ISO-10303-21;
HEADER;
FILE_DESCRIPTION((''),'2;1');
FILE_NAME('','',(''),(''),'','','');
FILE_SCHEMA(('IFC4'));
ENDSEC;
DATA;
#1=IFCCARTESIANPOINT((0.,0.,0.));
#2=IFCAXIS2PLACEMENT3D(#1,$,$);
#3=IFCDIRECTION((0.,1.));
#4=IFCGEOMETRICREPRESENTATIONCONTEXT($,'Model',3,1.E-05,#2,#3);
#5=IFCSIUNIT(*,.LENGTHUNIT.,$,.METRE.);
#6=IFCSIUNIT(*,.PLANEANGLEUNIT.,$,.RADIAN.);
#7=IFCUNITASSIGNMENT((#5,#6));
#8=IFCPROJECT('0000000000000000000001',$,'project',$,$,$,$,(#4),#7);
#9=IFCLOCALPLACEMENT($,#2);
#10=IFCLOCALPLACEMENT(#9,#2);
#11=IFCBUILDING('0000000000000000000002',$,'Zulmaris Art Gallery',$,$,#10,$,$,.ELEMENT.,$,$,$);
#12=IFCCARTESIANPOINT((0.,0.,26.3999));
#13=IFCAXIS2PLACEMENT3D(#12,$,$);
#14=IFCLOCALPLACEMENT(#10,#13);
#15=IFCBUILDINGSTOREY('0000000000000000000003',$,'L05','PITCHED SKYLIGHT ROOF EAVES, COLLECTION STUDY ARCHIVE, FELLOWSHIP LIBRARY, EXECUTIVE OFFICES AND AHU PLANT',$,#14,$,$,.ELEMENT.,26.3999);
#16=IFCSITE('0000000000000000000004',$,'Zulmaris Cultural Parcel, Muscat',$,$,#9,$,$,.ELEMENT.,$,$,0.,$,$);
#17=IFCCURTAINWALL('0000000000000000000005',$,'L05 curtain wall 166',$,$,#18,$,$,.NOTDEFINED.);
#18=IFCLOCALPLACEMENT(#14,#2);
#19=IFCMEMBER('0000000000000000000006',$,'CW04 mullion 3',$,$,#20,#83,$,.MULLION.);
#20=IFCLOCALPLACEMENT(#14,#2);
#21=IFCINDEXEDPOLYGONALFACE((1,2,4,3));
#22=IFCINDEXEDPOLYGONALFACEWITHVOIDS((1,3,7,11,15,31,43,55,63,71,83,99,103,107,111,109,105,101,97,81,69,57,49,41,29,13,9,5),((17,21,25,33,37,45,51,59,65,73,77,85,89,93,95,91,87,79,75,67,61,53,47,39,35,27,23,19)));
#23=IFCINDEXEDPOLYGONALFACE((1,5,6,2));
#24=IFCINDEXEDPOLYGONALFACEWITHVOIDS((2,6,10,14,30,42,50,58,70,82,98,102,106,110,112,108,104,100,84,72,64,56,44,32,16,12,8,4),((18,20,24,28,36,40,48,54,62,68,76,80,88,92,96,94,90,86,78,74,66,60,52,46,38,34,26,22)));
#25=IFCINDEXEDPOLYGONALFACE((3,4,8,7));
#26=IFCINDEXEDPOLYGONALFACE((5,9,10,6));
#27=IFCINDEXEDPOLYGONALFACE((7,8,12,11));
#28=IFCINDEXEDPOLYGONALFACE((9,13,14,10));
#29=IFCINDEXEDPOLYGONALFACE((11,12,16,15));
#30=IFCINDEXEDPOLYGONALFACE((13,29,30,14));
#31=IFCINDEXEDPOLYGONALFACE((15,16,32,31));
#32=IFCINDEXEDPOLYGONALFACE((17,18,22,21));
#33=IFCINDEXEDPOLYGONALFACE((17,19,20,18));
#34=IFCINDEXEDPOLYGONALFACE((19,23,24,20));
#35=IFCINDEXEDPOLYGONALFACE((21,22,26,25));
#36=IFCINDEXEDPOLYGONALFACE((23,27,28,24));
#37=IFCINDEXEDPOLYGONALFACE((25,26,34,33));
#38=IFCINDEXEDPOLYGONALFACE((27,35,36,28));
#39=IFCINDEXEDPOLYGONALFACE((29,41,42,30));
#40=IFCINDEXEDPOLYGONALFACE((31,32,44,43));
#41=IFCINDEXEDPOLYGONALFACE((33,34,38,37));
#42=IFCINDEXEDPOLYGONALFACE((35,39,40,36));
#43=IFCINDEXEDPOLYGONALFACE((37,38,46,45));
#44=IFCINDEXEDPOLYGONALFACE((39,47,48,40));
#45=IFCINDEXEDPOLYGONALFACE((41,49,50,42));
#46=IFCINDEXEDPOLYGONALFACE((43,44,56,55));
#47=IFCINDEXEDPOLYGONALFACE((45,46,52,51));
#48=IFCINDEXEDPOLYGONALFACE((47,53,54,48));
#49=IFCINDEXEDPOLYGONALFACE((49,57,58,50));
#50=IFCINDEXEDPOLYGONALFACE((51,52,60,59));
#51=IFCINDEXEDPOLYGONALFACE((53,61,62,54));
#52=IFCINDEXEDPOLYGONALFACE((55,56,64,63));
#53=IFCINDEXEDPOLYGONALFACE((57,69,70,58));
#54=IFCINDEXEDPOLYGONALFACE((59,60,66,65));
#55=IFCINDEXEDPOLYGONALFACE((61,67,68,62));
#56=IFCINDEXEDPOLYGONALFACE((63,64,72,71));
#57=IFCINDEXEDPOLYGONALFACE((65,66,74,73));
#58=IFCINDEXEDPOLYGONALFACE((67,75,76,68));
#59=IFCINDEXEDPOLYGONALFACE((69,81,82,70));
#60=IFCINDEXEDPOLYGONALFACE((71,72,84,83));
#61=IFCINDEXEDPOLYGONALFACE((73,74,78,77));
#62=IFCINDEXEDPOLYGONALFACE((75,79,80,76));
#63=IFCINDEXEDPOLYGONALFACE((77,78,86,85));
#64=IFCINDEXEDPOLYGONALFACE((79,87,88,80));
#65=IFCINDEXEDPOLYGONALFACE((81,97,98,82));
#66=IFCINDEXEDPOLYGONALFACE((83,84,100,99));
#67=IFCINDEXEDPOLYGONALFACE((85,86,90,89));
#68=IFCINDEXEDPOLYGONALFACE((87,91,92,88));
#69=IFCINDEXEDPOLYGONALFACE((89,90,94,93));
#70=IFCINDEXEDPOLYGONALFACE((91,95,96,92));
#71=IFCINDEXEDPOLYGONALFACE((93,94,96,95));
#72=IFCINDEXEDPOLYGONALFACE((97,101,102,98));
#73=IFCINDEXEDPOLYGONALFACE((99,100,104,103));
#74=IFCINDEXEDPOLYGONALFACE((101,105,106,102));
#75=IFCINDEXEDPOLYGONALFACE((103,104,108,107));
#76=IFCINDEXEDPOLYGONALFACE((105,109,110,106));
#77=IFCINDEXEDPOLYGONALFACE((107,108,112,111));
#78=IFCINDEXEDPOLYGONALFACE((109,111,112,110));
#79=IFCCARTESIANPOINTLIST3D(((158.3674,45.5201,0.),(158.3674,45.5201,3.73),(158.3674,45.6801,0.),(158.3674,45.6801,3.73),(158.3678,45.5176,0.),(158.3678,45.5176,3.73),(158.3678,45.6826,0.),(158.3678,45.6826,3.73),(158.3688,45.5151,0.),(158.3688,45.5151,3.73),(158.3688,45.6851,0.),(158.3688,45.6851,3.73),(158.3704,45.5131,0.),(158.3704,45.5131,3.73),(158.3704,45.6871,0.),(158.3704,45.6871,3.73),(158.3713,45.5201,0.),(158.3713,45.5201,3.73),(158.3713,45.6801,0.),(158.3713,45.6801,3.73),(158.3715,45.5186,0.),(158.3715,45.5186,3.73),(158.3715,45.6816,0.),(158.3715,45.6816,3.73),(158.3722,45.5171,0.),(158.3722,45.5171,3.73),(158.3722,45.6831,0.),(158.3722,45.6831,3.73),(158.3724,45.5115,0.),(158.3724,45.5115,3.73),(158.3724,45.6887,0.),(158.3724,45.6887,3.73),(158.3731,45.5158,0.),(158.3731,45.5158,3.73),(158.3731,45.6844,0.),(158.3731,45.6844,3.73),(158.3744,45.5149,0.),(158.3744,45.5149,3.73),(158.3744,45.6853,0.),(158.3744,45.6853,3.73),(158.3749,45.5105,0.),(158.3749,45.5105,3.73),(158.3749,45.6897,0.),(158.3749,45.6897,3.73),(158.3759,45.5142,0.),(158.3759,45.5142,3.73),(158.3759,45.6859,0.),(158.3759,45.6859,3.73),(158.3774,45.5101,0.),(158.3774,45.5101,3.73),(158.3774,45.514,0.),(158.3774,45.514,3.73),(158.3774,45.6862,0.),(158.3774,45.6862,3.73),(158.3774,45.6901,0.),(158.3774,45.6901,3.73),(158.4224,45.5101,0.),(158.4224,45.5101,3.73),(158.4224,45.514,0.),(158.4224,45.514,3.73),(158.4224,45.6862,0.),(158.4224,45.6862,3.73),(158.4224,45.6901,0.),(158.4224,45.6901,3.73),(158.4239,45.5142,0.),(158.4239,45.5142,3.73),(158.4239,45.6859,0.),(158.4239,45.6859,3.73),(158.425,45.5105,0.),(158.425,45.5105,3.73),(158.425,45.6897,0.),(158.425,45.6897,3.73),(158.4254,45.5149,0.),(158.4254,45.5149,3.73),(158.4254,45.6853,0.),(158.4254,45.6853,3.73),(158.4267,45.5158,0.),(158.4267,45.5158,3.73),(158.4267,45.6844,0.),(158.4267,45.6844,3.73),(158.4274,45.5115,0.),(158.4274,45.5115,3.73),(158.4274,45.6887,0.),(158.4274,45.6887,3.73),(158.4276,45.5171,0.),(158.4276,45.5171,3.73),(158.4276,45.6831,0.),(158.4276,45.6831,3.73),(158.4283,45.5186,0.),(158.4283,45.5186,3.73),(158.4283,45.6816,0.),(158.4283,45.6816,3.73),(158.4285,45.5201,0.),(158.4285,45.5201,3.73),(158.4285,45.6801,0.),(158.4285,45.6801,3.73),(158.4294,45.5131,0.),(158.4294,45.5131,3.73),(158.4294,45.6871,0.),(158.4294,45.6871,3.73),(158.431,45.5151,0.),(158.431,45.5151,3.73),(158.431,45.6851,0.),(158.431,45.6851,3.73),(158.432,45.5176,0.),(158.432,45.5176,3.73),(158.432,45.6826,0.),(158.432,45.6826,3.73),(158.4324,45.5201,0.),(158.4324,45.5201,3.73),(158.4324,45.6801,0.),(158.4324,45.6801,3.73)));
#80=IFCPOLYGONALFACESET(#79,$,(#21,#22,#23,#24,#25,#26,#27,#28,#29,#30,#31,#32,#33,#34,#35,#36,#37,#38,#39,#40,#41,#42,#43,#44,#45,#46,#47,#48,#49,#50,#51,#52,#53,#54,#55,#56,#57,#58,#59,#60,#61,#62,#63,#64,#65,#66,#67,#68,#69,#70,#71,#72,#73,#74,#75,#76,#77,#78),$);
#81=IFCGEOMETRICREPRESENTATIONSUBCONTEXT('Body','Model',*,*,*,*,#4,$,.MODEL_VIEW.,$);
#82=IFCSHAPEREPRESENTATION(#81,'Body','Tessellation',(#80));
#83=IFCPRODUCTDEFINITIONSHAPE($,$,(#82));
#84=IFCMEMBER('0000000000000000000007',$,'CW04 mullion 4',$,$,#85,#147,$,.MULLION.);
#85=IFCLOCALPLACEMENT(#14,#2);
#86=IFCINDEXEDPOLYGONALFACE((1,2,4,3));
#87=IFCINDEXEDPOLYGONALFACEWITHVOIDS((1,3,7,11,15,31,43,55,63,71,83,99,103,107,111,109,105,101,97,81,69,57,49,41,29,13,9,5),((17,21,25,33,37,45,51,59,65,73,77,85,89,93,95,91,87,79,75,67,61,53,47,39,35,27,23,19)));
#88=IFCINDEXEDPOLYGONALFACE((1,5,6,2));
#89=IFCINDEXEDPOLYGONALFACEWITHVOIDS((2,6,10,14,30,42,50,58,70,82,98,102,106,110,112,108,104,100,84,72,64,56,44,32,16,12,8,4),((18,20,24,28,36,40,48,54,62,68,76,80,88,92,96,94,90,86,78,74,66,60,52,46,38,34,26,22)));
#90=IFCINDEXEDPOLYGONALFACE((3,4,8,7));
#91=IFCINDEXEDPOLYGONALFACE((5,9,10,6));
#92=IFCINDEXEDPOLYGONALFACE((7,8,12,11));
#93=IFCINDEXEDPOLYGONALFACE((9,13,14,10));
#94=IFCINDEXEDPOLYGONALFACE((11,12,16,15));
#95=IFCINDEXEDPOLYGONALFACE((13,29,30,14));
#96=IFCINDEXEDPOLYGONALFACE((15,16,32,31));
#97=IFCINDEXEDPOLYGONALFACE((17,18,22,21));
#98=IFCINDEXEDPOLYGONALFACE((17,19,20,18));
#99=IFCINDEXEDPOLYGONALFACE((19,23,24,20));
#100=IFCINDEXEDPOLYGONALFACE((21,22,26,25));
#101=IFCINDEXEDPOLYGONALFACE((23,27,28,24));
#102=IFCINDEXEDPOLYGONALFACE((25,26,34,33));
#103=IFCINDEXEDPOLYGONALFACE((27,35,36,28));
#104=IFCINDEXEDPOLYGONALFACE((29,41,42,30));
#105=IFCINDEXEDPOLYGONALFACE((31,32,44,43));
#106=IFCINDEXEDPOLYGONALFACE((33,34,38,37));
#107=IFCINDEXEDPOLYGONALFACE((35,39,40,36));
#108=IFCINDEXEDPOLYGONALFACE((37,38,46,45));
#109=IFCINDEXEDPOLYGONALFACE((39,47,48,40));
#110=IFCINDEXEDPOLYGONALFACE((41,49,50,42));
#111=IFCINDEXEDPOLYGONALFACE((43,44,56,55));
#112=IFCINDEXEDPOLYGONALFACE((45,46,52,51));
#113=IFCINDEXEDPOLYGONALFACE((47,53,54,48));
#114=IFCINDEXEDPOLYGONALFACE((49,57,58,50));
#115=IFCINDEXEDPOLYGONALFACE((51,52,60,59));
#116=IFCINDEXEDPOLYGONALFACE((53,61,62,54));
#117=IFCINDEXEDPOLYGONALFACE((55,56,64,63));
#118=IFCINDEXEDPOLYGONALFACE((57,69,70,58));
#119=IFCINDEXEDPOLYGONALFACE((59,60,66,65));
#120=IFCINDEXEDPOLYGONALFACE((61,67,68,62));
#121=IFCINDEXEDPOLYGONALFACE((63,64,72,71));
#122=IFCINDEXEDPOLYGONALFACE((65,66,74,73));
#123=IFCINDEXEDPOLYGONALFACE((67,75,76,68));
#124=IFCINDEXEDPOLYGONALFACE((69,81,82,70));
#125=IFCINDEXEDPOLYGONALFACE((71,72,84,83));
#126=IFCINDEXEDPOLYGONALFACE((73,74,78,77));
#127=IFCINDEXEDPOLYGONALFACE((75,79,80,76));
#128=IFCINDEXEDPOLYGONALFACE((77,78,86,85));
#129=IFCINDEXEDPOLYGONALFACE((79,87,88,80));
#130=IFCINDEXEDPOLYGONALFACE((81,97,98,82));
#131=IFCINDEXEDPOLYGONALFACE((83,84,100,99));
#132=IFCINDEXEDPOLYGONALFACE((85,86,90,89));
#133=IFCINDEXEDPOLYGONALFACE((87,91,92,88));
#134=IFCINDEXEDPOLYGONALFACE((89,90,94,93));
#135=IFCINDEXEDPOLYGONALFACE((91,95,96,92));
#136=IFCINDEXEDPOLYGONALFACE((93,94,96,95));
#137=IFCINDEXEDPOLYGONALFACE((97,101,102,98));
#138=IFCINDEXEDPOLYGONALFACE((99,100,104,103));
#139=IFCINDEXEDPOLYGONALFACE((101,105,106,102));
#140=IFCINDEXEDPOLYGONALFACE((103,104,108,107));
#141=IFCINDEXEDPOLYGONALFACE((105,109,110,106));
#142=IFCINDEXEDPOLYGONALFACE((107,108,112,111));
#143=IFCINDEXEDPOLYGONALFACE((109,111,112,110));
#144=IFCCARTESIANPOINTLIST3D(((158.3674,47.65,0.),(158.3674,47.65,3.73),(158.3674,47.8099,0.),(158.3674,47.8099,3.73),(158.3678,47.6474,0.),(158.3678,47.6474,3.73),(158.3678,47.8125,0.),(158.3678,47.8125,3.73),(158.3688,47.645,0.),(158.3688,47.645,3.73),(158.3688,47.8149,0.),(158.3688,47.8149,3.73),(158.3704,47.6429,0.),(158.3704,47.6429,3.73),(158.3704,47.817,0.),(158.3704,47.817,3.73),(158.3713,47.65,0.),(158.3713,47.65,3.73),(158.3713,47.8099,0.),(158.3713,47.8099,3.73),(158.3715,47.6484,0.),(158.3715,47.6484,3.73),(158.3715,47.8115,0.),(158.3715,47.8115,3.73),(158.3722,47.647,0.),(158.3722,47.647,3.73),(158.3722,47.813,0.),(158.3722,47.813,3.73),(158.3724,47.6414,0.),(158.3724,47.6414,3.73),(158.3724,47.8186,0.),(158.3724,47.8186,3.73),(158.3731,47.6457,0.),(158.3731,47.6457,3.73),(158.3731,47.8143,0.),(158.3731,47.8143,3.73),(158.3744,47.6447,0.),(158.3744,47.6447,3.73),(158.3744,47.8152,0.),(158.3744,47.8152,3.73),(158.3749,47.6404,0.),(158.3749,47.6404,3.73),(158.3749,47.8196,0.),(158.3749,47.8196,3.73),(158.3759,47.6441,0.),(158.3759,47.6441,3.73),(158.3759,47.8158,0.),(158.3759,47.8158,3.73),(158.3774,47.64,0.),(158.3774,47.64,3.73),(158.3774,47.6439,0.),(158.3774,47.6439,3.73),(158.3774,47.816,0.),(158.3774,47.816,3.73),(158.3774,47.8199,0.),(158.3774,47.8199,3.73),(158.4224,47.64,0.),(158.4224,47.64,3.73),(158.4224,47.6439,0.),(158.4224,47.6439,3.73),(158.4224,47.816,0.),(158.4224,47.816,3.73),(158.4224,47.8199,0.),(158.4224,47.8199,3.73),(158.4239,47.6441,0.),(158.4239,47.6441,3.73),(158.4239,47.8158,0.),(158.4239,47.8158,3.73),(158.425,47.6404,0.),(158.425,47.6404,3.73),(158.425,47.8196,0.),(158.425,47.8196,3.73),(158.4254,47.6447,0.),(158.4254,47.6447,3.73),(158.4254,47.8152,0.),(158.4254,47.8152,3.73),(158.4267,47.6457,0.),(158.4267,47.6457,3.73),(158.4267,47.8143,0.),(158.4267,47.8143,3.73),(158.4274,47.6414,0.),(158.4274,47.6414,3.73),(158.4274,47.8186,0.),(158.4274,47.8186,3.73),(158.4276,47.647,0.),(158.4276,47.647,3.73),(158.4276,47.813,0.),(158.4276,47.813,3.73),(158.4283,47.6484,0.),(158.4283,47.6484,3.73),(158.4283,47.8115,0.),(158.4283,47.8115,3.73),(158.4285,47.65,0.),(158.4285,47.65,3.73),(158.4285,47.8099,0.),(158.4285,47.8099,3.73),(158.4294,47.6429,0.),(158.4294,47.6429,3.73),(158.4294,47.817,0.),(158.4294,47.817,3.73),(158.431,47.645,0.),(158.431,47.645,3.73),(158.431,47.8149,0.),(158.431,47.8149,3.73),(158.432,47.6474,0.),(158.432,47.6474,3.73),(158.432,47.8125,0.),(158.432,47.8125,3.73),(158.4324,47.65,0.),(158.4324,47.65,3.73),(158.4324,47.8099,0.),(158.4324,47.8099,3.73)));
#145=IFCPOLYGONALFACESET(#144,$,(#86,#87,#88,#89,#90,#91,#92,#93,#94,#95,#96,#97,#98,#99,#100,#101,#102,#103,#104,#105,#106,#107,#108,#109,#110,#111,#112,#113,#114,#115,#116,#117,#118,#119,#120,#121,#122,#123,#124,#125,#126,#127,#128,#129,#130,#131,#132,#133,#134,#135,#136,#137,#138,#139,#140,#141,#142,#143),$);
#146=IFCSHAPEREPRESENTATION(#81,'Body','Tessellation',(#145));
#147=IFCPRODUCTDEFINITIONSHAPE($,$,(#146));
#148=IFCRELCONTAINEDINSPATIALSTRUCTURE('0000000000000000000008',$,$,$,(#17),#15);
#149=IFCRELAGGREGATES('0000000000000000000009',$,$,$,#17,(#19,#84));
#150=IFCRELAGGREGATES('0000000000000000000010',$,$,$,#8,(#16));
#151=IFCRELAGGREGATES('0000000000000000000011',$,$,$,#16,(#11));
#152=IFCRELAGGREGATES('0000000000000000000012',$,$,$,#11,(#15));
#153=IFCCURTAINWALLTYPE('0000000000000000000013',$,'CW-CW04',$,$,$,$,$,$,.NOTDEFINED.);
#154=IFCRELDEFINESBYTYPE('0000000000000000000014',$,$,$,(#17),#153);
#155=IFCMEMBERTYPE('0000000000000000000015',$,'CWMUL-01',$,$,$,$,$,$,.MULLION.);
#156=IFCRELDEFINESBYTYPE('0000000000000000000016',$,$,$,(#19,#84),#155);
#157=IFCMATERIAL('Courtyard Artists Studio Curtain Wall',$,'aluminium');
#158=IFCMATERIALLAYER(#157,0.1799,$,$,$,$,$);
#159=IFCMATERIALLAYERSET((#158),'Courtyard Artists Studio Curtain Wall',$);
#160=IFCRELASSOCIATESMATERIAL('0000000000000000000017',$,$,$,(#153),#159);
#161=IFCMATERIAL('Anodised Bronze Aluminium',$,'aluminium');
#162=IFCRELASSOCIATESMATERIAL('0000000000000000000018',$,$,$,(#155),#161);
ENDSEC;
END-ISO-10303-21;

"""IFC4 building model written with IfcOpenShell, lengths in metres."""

from ifc_helpers import new_model, si_unit, direction, frame, origin, origin_2d, place, context, subcontext, project, spatial, hollow_rectangle, extrude, material, layer, layer_set, material_profile, profile_set, type_object, element, aggregate, save


model = new_model("IFC4")

# Units and contexts
model_context = context("Model", 3, precision=1e-05, world=origin(), true_north=direction((0.0, 1.0)))
body_context = subcontext(model_context, "Body", "Model", "MODEL_VIEW")
ifc_project = project(units=[si_unit("LENGTHUNIT", "METRE"), si_unit("PLANEANGLEUNIT", "RADIAN")], contexts=[model_context])

# Site, building, storey
site_placement = place(None, origin())
site = spatial("IfcSite", under=ifc_project, at=site_placement, Name="Zulmaris Cultural Parcel, Muscat", CompositionType="ELEMENT", RefElevation=0.0)
building_placement = place(site_placement, origin())
building = spatial("IfcBuilding", under=site, at=building_placement, Name="Zulmaris Art Gallery", CompositionType="ELEMENT")
storey_placement = place(building_placement, frame((0.0, 0.0, 26.3999)))
storey = spatial("IfcBuildingStorey", under=building, at=storey_placement, Name="L05", Description="PITCHED SKYLIGHT ROOF EAVES, COLLECTION STUDY ARCHIVE, FELLOWSHIP LIBRARY, EXECUTIVE OFFICES AND AHU PLANT", CompositionType="ELEMENT", Elevation=26.3999)

# Shared definitions
ifc_material_1 = material(Name="Courtyard Artists Studio Curtain Wall", Category="aluminium")
ifc_layer_1 = layer(ifc_material_1, 0.1799)
ifc_layer_set_1 = layer_set([ifc_layer_1], Name="Courtyard Artists Studio Curtain Wall")
curtain_wall_type = type_object("IfcCurtainWallType", Name="CW-CW04", PredefinedType="NOTDEFINED", material=ifc_layer_set_1)
ifc_material_2 = material(Name="Anodised Bronze Aluminium", Category="aluminium")
ifc_material_profile_1 = material_profile(ifc_material_2, hollow_rectangle(XDim=0.0649, YDim=0.1799, WallThickness=0.0039, InnerFilletRadius=0.0061, OuterFilletRadius=0.01, at=origin_2d()), Name="ALU 65x180x4")
ifc_profile_set_1 = profile_set([ifc_material_profile_1], Name="Anodised Bronze Aluminium")
member_type_1 = type_object("IfcMemberType", Name="CWMUL-01", PredefinedType="MULLION", material=ifc_profile_set_1)

# Curtain wall, members
curtain_wall_1_placement = place(storey_placement, origin())
curtain_wall_1 = element("IfcCurtainWall", 1, at=curtain_wall_1_placement, inside=storey, type_object=curtain_wall_type, Name="L05 curtain wall 166", PredefinedType="NOTDEFINED")
member_1_placement = place(storey_placement, frame((158.3999, 45.6001, 0.0), z_axis=(0.0, 0.0, 1.0), x_axis=(-1.0, 0.0, 0.0)))
member_1 = element("IfcMember", 2, at=member_1_placement, type_object=member_type_1, Name="CW04 mullion 3", PredefinedType="MULLION", context=body_context, shape_type="SweptSolid", body=[
    extrude(hollow_rectangle(XDim=0.0649, YDim=0.1799, WallThickness=0.0039, InnerFilletRadius=0.0061, OuterFilletRadius=0.01, at=origin_2d()), origin(), (0.0, 0.0, 1.0), 3.73),
])
member_2_placement = place(storey_placement, frame((158.3999, 47.73, 0.0), z_axis=(0.0, 0.0, 1.0), x_axis=(-1.0, 0.0, 0.0)))
member_2 = element("IfcMember", 3, at=member_2_placement, type_object=member_type_1, Name="CW04 mullion 4", PredefinedType="MULLION", context=body_context, shape_type="SweptSolid", body=[
    extrude(hollow_rectangle(XDim=0.0649, YDim=0.1799, WallThickness=0.0039, InnerFilletRadius=0.0061, OuterFilletRadius=0.01, at=origin_2d()), origin(), (0.0, 0.0, 1.0), 3.73),
])

aggregate(curtain_wall_1, [member_1, member_2])

save(model, "model.ifc")
